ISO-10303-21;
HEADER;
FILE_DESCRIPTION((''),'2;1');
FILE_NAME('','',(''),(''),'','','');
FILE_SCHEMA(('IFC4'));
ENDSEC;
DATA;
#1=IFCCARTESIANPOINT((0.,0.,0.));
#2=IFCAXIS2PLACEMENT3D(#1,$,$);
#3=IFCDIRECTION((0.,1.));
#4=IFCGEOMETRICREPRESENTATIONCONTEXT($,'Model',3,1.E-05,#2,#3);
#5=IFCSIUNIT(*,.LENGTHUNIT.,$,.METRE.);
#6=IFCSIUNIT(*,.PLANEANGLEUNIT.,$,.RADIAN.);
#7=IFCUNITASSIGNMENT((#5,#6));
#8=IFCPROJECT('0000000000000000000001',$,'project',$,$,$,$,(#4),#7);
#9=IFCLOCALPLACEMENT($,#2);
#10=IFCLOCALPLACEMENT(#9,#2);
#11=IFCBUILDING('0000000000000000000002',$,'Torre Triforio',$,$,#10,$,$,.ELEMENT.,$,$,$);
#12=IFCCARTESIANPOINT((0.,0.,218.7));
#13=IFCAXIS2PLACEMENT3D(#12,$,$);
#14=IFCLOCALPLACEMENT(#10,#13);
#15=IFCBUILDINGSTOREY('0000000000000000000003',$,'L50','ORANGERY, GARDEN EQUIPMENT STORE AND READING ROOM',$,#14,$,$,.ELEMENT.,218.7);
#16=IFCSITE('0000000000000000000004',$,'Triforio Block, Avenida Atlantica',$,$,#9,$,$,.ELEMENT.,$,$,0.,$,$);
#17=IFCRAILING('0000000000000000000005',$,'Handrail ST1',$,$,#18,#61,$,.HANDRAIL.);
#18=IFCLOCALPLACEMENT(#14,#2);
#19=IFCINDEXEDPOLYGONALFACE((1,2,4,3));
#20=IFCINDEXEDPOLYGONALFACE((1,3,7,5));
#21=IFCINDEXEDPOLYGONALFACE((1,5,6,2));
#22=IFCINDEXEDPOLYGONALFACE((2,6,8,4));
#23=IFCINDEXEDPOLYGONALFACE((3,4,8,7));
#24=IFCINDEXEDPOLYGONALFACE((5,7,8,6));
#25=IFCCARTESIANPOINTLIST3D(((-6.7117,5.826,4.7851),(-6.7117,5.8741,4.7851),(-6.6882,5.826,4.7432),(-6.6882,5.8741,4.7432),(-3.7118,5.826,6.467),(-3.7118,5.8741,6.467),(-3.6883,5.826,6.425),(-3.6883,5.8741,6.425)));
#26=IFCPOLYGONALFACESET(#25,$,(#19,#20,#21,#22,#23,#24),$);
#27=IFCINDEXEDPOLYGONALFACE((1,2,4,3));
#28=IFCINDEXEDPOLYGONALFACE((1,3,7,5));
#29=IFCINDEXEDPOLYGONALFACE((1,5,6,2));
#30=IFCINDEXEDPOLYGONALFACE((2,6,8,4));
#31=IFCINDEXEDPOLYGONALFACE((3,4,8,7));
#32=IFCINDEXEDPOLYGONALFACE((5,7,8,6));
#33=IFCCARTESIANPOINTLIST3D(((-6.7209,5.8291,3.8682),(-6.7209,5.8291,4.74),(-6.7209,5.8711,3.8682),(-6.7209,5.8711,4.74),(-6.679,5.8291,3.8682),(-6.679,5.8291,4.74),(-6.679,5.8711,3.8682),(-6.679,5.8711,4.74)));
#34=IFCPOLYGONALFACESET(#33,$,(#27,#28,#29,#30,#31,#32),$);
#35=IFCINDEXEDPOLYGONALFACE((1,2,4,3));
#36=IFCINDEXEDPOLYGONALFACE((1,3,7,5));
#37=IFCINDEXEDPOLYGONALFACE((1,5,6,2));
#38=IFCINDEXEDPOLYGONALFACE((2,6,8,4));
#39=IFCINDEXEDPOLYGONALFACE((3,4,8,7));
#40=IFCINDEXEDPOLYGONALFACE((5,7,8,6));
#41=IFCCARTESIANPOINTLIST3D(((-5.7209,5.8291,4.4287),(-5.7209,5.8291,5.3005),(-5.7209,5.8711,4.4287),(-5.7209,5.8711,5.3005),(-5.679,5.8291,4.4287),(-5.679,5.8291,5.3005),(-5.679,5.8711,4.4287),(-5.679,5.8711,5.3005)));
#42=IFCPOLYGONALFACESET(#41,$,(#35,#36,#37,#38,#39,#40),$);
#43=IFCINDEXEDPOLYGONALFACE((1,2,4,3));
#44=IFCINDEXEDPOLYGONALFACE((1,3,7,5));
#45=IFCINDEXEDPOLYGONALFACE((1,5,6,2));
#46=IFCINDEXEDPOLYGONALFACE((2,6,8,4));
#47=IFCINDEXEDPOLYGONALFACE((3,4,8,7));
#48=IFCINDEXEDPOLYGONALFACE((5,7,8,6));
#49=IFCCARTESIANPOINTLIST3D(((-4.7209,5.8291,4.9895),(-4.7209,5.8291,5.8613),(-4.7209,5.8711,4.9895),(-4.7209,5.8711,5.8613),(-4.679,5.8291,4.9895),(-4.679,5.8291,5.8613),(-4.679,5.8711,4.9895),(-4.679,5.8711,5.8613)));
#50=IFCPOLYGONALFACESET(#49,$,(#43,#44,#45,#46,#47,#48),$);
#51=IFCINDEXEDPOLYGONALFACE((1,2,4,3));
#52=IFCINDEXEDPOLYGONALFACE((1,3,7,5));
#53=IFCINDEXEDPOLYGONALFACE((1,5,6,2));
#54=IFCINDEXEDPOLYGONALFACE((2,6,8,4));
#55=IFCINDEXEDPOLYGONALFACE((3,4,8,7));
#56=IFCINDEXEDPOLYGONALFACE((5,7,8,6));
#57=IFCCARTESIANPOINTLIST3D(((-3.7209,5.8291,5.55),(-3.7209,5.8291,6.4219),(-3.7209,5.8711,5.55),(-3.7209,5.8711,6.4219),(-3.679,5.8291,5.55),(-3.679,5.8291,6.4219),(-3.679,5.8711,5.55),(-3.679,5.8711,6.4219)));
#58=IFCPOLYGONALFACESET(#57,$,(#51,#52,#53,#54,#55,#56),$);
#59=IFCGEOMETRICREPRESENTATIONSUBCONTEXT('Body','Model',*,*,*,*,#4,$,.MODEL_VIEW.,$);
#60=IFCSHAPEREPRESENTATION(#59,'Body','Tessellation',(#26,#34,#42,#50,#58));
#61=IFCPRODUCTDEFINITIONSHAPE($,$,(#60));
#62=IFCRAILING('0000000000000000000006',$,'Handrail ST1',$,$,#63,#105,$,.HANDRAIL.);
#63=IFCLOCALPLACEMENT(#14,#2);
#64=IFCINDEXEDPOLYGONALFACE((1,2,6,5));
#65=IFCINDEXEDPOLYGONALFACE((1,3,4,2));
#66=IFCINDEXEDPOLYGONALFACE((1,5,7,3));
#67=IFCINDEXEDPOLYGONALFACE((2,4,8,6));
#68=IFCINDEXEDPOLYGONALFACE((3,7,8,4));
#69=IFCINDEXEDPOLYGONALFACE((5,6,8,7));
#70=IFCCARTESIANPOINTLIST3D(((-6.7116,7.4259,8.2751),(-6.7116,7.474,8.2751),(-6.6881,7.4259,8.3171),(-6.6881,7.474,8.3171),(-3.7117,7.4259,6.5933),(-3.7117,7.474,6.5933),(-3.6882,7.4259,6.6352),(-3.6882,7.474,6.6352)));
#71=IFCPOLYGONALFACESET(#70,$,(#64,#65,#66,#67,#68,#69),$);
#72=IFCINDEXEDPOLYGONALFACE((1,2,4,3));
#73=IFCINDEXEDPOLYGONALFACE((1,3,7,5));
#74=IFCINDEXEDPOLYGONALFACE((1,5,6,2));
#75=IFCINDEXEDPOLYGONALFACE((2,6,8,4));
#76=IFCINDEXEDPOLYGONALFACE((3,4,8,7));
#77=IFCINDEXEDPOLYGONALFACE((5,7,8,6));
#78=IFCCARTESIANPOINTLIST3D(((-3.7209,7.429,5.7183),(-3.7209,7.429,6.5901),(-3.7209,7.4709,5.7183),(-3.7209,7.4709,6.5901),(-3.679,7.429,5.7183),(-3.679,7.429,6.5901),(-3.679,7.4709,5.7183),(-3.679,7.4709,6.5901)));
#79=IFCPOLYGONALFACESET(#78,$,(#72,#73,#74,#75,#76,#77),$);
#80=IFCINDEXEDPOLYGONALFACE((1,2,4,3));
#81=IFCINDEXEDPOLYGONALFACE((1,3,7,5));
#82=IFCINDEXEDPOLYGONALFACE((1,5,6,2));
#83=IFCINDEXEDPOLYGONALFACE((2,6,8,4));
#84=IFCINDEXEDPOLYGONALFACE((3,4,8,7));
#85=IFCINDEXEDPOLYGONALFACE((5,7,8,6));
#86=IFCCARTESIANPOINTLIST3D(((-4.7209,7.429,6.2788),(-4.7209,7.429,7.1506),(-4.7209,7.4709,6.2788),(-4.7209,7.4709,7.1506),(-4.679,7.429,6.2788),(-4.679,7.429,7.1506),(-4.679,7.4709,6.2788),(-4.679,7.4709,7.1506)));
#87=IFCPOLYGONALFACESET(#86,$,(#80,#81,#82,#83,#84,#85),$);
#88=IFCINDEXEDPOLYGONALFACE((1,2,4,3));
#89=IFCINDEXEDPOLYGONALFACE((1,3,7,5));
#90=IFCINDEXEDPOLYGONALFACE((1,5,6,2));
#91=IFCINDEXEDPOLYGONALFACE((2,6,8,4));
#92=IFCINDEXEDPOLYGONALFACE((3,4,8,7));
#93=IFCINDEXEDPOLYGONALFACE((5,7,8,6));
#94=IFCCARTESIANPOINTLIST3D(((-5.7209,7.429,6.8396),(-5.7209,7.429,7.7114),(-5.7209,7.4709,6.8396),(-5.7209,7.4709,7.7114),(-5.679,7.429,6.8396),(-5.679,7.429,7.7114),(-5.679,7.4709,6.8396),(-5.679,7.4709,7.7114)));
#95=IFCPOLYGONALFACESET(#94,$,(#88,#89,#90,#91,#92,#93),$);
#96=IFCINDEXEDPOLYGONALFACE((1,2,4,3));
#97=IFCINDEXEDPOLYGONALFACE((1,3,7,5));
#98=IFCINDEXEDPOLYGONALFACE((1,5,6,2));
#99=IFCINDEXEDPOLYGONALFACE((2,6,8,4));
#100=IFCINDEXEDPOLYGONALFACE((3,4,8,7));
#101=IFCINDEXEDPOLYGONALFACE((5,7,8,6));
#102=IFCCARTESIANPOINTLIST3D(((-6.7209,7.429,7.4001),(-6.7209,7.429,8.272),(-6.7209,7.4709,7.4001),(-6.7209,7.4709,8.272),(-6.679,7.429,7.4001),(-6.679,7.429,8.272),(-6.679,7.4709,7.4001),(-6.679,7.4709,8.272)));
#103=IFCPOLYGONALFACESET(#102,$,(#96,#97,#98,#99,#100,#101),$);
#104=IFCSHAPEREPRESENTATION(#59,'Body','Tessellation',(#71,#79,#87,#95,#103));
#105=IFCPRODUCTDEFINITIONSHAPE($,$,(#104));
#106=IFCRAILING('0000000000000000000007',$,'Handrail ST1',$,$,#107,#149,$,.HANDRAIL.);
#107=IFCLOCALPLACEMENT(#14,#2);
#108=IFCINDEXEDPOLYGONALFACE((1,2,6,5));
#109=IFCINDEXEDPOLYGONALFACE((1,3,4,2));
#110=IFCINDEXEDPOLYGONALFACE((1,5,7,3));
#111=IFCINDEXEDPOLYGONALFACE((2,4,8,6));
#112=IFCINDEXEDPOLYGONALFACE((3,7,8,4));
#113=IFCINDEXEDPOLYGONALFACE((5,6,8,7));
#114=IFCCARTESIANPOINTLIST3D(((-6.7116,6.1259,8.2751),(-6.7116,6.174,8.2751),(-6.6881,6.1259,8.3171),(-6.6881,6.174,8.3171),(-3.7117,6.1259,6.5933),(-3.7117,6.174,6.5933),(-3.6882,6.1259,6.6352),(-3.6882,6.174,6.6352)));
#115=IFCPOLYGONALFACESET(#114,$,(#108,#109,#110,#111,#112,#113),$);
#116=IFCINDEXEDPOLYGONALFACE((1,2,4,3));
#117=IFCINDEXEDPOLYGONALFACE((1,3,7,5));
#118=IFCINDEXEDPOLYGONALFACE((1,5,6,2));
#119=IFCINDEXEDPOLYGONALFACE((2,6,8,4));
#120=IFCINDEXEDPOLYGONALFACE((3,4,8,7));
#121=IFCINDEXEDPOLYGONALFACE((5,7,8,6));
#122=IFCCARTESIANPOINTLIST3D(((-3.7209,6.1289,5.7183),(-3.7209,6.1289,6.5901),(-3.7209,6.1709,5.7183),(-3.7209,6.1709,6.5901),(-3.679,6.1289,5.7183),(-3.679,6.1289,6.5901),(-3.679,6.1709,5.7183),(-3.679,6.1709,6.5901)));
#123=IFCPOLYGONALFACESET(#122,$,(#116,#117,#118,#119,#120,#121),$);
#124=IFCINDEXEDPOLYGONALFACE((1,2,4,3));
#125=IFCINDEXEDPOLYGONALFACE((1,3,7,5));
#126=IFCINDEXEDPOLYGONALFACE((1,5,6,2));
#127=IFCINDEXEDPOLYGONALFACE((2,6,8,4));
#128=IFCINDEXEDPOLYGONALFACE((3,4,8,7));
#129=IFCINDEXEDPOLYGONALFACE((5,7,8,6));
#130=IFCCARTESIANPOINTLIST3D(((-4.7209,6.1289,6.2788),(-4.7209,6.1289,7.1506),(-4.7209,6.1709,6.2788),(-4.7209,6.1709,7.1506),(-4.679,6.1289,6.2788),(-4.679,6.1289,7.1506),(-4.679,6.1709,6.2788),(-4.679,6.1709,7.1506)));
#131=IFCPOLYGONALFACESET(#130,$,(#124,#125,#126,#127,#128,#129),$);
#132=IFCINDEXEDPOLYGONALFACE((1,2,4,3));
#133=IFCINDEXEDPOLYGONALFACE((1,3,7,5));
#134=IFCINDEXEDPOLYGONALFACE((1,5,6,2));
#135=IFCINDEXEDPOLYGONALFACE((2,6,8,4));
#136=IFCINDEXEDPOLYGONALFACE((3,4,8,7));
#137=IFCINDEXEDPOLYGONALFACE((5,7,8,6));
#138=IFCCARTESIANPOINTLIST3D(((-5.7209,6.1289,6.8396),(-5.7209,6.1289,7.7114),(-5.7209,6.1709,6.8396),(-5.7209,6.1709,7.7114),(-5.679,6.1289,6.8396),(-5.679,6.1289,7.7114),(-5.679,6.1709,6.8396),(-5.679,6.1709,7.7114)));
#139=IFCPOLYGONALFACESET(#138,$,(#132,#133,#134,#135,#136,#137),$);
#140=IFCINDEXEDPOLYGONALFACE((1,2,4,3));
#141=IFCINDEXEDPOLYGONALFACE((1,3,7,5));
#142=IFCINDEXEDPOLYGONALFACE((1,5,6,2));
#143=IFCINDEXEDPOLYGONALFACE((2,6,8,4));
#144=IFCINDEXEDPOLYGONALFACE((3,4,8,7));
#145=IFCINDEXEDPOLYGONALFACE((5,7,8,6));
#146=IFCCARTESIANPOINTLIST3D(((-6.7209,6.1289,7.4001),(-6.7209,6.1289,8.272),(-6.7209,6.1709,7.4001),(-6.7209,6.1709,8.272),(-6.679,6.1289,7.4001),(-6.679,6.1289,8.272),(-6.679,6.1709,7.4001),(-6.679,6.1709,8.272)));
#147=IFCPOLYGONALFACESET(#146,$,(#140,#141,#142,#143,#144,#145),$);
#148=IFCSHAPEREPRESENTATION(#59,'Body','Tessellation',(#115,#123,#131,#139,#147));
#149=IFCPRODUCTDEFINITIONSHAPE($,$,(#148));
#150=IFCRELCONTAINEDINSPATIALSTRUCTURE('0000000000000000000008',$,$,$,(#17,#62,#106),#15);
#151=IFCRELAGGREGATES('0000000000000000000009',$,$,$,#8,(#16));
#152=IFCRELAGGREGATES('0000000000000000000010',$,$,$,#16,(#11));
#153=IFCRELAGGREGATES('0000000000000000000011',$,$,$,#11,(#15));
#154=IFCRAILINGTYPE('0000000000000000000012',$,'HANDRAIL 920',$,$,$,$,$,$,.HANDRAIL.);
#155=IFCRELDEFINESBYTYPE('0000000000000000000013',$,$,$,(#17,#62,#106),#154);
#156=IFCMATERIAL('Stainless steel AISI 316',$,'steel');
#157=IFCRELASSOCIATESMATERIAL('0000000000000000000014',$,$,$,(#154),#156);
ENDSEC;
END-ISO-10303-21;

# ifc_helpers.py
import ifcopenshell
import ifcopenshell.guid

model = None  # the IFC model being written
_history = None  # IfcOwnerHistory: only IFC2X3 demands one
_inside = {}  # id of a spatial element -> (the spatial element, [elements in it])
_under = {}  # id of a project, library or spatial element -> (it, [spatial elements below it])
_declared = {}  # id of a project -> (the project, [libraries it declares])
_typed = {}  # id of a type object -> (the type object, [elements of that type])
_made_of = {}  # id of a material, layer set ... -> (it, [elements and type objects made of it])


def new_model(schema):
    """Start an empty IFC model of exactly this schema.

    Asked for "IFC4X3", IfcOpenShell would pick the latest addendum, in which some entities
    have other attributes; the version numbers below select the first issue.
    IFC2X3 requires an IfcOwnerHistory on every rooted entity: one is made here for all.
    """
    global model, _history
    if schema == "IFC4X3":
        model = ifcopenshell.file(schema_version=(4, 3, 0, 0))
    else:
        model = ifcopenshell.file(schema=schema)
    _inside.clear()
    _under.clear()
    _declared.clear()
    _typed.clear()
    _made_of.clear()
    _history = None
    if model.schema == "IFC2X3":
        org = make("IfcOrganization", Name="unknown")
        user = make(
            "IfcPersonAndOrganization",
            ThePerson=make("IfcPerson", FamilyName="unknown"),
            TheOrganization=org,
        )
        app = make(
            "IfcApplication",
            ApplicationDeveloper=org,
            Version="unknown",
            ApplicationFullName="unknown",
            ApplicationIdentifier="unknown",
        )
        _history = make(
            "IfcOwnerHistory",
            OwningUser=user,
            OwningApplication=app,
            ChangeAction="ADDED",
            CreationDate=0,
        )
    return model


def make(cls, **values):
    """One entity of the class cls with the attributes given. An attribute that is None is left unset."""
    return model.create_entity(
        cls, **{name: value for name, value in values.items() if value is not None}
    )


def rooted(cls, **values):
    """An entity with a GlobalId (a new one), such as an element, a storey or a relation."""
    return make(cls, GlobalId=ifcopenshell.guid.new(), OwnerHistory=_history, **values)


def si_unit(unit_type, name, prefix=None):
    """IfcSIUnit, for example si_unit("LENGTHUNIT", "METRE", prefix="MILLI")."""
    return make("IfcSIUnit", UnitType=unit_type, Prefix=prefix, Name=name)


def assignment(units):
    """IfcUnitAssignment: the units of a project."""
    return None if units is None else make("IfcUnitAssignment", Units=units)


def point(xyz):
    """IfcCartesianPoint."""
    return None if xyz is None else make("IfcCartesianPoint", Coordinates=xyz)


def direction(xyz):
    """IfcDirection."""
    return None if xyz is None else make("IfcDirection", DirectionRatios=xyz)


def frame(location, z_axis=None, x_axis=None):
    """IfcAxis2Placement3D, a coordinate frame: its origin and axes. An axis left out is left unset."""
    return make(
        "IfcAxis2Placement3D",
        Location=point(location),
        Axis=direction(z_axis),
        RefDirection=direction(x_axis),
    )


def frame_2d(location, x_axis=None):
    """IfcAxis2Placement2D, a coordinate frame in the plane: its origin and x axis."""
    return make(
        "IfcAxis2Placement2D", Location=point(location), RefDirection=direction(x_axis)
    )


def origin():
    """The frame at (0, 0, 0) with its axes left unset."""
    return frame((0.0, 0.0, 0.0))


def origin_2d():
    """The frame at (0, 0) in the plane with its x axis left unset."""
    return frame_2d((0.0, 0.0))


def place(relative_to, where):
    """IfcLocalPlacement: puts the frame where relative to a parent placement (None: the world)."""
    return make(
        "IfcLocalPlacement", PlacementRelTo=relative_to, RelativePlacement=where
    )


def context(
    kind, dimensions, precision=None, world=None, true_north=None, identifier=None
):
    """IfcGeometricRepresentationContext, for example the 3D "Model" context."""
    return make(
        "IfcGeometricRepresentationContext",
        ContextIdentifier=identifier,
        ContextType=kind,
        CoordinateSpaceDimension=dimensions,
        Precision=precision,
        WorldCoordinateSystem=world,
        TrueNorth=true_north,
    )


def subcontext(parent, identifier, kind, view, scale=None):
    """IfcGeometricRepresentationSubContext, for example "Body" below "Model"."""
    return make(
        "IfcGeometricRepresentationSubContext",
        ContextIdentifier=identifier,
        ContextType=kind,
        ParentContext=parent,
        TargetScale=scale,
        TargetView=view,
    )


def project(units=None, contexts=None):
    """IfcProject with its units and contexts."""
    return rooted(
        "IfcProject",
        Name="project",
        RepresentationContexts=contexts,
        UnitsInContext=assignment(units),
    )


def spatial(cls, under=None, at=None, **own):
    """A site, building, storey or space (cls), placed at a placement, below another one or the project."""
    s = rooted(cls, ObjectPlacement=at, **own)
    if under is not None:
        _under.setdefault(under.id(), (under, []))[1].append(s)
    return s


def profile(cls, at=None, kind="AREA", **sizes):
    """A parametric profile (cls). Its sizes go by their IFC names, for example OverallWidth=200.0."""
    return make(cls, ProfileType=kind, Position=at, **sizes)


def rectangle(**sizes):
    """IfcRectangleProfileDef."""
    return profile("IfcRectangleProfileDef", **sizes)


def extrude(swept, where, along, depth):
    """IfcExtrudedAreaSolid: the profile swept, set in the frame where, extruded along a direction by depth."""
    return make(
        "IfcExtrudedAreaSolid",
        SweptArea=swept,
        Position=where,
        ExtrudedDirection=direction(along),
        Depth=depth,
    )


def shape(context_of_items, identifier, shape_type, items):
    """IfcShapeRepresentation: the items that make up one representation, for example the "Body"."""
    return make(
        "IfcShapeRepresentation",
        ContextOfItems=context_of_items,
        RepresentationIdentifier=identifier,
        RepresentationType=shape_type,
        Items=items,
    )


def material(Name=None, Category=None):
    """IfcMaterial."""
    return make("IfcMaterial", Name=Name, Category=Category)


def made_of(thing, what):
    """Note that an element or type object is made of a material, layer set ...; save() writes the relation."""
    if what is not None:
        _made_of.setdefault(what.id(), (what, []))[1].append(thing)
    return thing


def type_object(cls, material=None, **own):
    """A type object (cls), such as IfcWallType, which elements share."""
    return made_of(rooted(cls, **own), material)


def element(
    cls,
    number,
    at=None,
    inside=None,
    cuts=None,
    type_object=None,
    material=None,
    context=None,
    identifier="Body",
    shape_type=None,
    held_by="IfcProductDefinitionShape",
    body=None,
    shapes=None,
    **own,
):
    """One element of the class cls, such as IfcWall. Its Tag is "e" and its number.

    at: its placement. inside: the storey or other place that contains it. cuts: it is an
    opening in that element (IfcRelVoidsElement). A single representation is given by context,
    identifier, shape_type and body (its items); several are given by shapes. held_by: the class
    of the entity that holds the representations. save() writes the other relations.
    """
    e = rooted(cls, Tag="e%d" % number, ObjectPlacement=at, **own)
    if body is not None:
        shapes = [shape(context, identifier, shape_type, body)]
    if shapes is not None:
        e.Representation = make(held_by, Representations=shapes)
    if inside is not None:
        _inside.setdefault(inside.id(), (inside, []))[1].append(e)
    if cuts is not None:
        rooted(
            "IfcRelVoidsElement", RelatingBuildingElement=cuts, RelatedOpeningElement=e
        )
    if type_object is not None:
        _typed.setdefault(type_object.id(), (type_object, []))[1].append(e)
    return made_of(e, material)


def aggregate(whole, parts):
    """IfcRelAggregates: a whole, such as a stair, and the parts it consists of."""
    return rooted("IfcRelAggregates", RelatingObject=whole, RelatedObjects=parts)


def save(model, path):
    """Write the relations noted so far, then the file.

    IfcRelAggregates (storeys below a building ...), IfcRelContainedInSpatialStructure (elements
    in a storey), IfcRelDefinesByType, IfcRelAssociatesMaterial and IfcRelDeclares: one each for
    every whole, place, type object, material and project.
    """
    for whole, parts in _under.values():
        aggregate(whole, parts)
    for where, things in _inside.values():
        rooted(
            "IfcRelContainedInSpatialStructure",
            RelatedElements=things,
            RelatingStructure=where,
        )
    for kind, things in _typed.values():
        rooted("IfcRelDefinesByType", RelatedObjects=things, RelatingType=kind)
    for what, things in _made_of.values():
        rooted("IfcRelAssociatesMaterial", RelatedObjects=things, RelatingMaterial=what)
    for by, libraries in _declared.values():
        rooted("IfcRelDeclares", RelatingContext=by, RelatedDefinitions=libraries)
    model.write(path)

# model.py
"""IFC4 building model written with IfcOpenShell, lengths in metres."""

from ifc_helpers import new_model, si_unit, direction, frame, origin, origin_2d, place, context, subcontext, project, spatial, rectangle, extrude, material, type_object, element, save


model = new_model("IFC4")

# Units and contexts
model_context = context("Model", 3, precision=1e-05, world=origin(), true_north=direction((0.0, 1.0)))
body_context = subcontext(model_context, "Body", "Model", "MODEL_VIEW")
ifc_project = project(units=[si_unit("LENGTHUNIT", "METRE"), si_unit("PLANEANGLEUNIT", "RADIAN")], contexts=[model_context])

# Site, building, storey
site_placement = place(None, origin())
site = spatial("IfcSite", under=ifc_project, at=site_placement, Name="Triforio Block, Avenida Atlantica", CompositionType="ELEMENT", RefElevation=0.0)
building_placement = place(site_placement, origin())
building = spatial("IfcBuilding", under=site, at=building_placement, Name="Torre Triforio", CompositionType="ELEMENT")
storey_placement = place(building_placement, frame((0.0, 0.0, 218.7)))
storey = spatial("IfcBuildingStorey", under=building, at=storey_placement, Name="L50", Description="ORANGERY, GARDEN EQUIPMENT STORE AND READING ROOM", CompositionType="ELEMENT", Elevation=218.7)

# Railings
ifc_material_1 = material(Name="Stainless steel AISI 316", Category="steel")
railing_type = type_object("IfcRailingType", Name="HANDRAIL 920", PredefinedType="HANDRAIL", material=ifc_material_1)
railing_1_placement = place(storey_placement, frame((-6.7, 5.8501, 3.8682)))
element("IfcRailing", 1, at=railing_1_placement, inside=storey, type_object=railing_type, Name="Handrail ST1", PredefinedType="HANDRAIL", context=body_context, shape_type="SweptSolid", body=[
    extrude(rectangle(XDim=0.0481, YDim=0.0481, at=origin_2d()), frame((0.0, 0.0, 0.896), z_axis=(0.872272, 0.0, 0.48902), x_axis=(0.0, 1.0, 0.0)), (0.0, 0.0, 1.0), 3.4392),
    extrude(rectangle(XDim=0.042, YDim=0.042, at=origin_2d()), origin(), (0.0, 0.0, 1.0), 0.8718),
    extrude(rectangle(XDim=0.042, YDim=0.042, at=origin_2d()), frame((1.0, 0.0, 0.5605)), (0.0, 0.0, 1.0), 0.8718),
    extrude(rectangle(XDim=0.042, YDim=0.042, at=origin_2d()), frame((2.0, 0.0, 1.1213)), (0.0, 0.0, 1.0), 0.8718),
    extrude(rectangle(XDim=0.042, YDim=0.042, at=origin_2d()), frame((3.0, 0.0, 1.6819)), (0.0, 0.0, 1.0), 0.8718),
])
for number, where, name in (
    (2, (-3.7, 7.45, 5.7183), "Handrail ST1"),
    (3, (-3.7, 6.1499, 5.7183), "Handrail ST1"),
):
    element("IfcRailing", number, at=place(storey_placement, frame(where)), inside=storey, type_object=railing_type, Name=name, PredefinedType="HANDRAIL", context=body_context, shape_type="SweptSolid", body=[
        extrude(rectangle(XDim=0.0481, YDim=0.0481, at=origin_2d()), frame((0.0, 0.0, 0.896), z_axis=(-0.872272, 0.0, 0.48902), x_axis=(0.0, -1.0, 0.0)), (0.0, 0.0, 1.0), 3.4392),
        extrude(rectangle(XDim=0.042, YDim=0.042, at=origin_2d()), origin(), (0.0, 0.0, 1.0), 0.8718),
        extrude(rectangle(XDim=0.042, YDim=0.042, at=origin_2d()), frame((-1.0, 0.0, 0.5605)), (0.0, 0.0, 1.0), 0.8718),
        extrude(rectangle(XDim=0.042, YDim=0.042, at=origin_2d()), frame((-2.0, 0.0, 1.1213)), (0.0, 0.0, 1.0), 0.8718),
        extrude(rectangle(XDim=0.042, YDim=0.042, at=origin_2d()), frame((-3.0, 0.0, 1.6819)), (0.0, 0.0, 1.0), 0.8718),
    ])

save(model, "model.ifc")
